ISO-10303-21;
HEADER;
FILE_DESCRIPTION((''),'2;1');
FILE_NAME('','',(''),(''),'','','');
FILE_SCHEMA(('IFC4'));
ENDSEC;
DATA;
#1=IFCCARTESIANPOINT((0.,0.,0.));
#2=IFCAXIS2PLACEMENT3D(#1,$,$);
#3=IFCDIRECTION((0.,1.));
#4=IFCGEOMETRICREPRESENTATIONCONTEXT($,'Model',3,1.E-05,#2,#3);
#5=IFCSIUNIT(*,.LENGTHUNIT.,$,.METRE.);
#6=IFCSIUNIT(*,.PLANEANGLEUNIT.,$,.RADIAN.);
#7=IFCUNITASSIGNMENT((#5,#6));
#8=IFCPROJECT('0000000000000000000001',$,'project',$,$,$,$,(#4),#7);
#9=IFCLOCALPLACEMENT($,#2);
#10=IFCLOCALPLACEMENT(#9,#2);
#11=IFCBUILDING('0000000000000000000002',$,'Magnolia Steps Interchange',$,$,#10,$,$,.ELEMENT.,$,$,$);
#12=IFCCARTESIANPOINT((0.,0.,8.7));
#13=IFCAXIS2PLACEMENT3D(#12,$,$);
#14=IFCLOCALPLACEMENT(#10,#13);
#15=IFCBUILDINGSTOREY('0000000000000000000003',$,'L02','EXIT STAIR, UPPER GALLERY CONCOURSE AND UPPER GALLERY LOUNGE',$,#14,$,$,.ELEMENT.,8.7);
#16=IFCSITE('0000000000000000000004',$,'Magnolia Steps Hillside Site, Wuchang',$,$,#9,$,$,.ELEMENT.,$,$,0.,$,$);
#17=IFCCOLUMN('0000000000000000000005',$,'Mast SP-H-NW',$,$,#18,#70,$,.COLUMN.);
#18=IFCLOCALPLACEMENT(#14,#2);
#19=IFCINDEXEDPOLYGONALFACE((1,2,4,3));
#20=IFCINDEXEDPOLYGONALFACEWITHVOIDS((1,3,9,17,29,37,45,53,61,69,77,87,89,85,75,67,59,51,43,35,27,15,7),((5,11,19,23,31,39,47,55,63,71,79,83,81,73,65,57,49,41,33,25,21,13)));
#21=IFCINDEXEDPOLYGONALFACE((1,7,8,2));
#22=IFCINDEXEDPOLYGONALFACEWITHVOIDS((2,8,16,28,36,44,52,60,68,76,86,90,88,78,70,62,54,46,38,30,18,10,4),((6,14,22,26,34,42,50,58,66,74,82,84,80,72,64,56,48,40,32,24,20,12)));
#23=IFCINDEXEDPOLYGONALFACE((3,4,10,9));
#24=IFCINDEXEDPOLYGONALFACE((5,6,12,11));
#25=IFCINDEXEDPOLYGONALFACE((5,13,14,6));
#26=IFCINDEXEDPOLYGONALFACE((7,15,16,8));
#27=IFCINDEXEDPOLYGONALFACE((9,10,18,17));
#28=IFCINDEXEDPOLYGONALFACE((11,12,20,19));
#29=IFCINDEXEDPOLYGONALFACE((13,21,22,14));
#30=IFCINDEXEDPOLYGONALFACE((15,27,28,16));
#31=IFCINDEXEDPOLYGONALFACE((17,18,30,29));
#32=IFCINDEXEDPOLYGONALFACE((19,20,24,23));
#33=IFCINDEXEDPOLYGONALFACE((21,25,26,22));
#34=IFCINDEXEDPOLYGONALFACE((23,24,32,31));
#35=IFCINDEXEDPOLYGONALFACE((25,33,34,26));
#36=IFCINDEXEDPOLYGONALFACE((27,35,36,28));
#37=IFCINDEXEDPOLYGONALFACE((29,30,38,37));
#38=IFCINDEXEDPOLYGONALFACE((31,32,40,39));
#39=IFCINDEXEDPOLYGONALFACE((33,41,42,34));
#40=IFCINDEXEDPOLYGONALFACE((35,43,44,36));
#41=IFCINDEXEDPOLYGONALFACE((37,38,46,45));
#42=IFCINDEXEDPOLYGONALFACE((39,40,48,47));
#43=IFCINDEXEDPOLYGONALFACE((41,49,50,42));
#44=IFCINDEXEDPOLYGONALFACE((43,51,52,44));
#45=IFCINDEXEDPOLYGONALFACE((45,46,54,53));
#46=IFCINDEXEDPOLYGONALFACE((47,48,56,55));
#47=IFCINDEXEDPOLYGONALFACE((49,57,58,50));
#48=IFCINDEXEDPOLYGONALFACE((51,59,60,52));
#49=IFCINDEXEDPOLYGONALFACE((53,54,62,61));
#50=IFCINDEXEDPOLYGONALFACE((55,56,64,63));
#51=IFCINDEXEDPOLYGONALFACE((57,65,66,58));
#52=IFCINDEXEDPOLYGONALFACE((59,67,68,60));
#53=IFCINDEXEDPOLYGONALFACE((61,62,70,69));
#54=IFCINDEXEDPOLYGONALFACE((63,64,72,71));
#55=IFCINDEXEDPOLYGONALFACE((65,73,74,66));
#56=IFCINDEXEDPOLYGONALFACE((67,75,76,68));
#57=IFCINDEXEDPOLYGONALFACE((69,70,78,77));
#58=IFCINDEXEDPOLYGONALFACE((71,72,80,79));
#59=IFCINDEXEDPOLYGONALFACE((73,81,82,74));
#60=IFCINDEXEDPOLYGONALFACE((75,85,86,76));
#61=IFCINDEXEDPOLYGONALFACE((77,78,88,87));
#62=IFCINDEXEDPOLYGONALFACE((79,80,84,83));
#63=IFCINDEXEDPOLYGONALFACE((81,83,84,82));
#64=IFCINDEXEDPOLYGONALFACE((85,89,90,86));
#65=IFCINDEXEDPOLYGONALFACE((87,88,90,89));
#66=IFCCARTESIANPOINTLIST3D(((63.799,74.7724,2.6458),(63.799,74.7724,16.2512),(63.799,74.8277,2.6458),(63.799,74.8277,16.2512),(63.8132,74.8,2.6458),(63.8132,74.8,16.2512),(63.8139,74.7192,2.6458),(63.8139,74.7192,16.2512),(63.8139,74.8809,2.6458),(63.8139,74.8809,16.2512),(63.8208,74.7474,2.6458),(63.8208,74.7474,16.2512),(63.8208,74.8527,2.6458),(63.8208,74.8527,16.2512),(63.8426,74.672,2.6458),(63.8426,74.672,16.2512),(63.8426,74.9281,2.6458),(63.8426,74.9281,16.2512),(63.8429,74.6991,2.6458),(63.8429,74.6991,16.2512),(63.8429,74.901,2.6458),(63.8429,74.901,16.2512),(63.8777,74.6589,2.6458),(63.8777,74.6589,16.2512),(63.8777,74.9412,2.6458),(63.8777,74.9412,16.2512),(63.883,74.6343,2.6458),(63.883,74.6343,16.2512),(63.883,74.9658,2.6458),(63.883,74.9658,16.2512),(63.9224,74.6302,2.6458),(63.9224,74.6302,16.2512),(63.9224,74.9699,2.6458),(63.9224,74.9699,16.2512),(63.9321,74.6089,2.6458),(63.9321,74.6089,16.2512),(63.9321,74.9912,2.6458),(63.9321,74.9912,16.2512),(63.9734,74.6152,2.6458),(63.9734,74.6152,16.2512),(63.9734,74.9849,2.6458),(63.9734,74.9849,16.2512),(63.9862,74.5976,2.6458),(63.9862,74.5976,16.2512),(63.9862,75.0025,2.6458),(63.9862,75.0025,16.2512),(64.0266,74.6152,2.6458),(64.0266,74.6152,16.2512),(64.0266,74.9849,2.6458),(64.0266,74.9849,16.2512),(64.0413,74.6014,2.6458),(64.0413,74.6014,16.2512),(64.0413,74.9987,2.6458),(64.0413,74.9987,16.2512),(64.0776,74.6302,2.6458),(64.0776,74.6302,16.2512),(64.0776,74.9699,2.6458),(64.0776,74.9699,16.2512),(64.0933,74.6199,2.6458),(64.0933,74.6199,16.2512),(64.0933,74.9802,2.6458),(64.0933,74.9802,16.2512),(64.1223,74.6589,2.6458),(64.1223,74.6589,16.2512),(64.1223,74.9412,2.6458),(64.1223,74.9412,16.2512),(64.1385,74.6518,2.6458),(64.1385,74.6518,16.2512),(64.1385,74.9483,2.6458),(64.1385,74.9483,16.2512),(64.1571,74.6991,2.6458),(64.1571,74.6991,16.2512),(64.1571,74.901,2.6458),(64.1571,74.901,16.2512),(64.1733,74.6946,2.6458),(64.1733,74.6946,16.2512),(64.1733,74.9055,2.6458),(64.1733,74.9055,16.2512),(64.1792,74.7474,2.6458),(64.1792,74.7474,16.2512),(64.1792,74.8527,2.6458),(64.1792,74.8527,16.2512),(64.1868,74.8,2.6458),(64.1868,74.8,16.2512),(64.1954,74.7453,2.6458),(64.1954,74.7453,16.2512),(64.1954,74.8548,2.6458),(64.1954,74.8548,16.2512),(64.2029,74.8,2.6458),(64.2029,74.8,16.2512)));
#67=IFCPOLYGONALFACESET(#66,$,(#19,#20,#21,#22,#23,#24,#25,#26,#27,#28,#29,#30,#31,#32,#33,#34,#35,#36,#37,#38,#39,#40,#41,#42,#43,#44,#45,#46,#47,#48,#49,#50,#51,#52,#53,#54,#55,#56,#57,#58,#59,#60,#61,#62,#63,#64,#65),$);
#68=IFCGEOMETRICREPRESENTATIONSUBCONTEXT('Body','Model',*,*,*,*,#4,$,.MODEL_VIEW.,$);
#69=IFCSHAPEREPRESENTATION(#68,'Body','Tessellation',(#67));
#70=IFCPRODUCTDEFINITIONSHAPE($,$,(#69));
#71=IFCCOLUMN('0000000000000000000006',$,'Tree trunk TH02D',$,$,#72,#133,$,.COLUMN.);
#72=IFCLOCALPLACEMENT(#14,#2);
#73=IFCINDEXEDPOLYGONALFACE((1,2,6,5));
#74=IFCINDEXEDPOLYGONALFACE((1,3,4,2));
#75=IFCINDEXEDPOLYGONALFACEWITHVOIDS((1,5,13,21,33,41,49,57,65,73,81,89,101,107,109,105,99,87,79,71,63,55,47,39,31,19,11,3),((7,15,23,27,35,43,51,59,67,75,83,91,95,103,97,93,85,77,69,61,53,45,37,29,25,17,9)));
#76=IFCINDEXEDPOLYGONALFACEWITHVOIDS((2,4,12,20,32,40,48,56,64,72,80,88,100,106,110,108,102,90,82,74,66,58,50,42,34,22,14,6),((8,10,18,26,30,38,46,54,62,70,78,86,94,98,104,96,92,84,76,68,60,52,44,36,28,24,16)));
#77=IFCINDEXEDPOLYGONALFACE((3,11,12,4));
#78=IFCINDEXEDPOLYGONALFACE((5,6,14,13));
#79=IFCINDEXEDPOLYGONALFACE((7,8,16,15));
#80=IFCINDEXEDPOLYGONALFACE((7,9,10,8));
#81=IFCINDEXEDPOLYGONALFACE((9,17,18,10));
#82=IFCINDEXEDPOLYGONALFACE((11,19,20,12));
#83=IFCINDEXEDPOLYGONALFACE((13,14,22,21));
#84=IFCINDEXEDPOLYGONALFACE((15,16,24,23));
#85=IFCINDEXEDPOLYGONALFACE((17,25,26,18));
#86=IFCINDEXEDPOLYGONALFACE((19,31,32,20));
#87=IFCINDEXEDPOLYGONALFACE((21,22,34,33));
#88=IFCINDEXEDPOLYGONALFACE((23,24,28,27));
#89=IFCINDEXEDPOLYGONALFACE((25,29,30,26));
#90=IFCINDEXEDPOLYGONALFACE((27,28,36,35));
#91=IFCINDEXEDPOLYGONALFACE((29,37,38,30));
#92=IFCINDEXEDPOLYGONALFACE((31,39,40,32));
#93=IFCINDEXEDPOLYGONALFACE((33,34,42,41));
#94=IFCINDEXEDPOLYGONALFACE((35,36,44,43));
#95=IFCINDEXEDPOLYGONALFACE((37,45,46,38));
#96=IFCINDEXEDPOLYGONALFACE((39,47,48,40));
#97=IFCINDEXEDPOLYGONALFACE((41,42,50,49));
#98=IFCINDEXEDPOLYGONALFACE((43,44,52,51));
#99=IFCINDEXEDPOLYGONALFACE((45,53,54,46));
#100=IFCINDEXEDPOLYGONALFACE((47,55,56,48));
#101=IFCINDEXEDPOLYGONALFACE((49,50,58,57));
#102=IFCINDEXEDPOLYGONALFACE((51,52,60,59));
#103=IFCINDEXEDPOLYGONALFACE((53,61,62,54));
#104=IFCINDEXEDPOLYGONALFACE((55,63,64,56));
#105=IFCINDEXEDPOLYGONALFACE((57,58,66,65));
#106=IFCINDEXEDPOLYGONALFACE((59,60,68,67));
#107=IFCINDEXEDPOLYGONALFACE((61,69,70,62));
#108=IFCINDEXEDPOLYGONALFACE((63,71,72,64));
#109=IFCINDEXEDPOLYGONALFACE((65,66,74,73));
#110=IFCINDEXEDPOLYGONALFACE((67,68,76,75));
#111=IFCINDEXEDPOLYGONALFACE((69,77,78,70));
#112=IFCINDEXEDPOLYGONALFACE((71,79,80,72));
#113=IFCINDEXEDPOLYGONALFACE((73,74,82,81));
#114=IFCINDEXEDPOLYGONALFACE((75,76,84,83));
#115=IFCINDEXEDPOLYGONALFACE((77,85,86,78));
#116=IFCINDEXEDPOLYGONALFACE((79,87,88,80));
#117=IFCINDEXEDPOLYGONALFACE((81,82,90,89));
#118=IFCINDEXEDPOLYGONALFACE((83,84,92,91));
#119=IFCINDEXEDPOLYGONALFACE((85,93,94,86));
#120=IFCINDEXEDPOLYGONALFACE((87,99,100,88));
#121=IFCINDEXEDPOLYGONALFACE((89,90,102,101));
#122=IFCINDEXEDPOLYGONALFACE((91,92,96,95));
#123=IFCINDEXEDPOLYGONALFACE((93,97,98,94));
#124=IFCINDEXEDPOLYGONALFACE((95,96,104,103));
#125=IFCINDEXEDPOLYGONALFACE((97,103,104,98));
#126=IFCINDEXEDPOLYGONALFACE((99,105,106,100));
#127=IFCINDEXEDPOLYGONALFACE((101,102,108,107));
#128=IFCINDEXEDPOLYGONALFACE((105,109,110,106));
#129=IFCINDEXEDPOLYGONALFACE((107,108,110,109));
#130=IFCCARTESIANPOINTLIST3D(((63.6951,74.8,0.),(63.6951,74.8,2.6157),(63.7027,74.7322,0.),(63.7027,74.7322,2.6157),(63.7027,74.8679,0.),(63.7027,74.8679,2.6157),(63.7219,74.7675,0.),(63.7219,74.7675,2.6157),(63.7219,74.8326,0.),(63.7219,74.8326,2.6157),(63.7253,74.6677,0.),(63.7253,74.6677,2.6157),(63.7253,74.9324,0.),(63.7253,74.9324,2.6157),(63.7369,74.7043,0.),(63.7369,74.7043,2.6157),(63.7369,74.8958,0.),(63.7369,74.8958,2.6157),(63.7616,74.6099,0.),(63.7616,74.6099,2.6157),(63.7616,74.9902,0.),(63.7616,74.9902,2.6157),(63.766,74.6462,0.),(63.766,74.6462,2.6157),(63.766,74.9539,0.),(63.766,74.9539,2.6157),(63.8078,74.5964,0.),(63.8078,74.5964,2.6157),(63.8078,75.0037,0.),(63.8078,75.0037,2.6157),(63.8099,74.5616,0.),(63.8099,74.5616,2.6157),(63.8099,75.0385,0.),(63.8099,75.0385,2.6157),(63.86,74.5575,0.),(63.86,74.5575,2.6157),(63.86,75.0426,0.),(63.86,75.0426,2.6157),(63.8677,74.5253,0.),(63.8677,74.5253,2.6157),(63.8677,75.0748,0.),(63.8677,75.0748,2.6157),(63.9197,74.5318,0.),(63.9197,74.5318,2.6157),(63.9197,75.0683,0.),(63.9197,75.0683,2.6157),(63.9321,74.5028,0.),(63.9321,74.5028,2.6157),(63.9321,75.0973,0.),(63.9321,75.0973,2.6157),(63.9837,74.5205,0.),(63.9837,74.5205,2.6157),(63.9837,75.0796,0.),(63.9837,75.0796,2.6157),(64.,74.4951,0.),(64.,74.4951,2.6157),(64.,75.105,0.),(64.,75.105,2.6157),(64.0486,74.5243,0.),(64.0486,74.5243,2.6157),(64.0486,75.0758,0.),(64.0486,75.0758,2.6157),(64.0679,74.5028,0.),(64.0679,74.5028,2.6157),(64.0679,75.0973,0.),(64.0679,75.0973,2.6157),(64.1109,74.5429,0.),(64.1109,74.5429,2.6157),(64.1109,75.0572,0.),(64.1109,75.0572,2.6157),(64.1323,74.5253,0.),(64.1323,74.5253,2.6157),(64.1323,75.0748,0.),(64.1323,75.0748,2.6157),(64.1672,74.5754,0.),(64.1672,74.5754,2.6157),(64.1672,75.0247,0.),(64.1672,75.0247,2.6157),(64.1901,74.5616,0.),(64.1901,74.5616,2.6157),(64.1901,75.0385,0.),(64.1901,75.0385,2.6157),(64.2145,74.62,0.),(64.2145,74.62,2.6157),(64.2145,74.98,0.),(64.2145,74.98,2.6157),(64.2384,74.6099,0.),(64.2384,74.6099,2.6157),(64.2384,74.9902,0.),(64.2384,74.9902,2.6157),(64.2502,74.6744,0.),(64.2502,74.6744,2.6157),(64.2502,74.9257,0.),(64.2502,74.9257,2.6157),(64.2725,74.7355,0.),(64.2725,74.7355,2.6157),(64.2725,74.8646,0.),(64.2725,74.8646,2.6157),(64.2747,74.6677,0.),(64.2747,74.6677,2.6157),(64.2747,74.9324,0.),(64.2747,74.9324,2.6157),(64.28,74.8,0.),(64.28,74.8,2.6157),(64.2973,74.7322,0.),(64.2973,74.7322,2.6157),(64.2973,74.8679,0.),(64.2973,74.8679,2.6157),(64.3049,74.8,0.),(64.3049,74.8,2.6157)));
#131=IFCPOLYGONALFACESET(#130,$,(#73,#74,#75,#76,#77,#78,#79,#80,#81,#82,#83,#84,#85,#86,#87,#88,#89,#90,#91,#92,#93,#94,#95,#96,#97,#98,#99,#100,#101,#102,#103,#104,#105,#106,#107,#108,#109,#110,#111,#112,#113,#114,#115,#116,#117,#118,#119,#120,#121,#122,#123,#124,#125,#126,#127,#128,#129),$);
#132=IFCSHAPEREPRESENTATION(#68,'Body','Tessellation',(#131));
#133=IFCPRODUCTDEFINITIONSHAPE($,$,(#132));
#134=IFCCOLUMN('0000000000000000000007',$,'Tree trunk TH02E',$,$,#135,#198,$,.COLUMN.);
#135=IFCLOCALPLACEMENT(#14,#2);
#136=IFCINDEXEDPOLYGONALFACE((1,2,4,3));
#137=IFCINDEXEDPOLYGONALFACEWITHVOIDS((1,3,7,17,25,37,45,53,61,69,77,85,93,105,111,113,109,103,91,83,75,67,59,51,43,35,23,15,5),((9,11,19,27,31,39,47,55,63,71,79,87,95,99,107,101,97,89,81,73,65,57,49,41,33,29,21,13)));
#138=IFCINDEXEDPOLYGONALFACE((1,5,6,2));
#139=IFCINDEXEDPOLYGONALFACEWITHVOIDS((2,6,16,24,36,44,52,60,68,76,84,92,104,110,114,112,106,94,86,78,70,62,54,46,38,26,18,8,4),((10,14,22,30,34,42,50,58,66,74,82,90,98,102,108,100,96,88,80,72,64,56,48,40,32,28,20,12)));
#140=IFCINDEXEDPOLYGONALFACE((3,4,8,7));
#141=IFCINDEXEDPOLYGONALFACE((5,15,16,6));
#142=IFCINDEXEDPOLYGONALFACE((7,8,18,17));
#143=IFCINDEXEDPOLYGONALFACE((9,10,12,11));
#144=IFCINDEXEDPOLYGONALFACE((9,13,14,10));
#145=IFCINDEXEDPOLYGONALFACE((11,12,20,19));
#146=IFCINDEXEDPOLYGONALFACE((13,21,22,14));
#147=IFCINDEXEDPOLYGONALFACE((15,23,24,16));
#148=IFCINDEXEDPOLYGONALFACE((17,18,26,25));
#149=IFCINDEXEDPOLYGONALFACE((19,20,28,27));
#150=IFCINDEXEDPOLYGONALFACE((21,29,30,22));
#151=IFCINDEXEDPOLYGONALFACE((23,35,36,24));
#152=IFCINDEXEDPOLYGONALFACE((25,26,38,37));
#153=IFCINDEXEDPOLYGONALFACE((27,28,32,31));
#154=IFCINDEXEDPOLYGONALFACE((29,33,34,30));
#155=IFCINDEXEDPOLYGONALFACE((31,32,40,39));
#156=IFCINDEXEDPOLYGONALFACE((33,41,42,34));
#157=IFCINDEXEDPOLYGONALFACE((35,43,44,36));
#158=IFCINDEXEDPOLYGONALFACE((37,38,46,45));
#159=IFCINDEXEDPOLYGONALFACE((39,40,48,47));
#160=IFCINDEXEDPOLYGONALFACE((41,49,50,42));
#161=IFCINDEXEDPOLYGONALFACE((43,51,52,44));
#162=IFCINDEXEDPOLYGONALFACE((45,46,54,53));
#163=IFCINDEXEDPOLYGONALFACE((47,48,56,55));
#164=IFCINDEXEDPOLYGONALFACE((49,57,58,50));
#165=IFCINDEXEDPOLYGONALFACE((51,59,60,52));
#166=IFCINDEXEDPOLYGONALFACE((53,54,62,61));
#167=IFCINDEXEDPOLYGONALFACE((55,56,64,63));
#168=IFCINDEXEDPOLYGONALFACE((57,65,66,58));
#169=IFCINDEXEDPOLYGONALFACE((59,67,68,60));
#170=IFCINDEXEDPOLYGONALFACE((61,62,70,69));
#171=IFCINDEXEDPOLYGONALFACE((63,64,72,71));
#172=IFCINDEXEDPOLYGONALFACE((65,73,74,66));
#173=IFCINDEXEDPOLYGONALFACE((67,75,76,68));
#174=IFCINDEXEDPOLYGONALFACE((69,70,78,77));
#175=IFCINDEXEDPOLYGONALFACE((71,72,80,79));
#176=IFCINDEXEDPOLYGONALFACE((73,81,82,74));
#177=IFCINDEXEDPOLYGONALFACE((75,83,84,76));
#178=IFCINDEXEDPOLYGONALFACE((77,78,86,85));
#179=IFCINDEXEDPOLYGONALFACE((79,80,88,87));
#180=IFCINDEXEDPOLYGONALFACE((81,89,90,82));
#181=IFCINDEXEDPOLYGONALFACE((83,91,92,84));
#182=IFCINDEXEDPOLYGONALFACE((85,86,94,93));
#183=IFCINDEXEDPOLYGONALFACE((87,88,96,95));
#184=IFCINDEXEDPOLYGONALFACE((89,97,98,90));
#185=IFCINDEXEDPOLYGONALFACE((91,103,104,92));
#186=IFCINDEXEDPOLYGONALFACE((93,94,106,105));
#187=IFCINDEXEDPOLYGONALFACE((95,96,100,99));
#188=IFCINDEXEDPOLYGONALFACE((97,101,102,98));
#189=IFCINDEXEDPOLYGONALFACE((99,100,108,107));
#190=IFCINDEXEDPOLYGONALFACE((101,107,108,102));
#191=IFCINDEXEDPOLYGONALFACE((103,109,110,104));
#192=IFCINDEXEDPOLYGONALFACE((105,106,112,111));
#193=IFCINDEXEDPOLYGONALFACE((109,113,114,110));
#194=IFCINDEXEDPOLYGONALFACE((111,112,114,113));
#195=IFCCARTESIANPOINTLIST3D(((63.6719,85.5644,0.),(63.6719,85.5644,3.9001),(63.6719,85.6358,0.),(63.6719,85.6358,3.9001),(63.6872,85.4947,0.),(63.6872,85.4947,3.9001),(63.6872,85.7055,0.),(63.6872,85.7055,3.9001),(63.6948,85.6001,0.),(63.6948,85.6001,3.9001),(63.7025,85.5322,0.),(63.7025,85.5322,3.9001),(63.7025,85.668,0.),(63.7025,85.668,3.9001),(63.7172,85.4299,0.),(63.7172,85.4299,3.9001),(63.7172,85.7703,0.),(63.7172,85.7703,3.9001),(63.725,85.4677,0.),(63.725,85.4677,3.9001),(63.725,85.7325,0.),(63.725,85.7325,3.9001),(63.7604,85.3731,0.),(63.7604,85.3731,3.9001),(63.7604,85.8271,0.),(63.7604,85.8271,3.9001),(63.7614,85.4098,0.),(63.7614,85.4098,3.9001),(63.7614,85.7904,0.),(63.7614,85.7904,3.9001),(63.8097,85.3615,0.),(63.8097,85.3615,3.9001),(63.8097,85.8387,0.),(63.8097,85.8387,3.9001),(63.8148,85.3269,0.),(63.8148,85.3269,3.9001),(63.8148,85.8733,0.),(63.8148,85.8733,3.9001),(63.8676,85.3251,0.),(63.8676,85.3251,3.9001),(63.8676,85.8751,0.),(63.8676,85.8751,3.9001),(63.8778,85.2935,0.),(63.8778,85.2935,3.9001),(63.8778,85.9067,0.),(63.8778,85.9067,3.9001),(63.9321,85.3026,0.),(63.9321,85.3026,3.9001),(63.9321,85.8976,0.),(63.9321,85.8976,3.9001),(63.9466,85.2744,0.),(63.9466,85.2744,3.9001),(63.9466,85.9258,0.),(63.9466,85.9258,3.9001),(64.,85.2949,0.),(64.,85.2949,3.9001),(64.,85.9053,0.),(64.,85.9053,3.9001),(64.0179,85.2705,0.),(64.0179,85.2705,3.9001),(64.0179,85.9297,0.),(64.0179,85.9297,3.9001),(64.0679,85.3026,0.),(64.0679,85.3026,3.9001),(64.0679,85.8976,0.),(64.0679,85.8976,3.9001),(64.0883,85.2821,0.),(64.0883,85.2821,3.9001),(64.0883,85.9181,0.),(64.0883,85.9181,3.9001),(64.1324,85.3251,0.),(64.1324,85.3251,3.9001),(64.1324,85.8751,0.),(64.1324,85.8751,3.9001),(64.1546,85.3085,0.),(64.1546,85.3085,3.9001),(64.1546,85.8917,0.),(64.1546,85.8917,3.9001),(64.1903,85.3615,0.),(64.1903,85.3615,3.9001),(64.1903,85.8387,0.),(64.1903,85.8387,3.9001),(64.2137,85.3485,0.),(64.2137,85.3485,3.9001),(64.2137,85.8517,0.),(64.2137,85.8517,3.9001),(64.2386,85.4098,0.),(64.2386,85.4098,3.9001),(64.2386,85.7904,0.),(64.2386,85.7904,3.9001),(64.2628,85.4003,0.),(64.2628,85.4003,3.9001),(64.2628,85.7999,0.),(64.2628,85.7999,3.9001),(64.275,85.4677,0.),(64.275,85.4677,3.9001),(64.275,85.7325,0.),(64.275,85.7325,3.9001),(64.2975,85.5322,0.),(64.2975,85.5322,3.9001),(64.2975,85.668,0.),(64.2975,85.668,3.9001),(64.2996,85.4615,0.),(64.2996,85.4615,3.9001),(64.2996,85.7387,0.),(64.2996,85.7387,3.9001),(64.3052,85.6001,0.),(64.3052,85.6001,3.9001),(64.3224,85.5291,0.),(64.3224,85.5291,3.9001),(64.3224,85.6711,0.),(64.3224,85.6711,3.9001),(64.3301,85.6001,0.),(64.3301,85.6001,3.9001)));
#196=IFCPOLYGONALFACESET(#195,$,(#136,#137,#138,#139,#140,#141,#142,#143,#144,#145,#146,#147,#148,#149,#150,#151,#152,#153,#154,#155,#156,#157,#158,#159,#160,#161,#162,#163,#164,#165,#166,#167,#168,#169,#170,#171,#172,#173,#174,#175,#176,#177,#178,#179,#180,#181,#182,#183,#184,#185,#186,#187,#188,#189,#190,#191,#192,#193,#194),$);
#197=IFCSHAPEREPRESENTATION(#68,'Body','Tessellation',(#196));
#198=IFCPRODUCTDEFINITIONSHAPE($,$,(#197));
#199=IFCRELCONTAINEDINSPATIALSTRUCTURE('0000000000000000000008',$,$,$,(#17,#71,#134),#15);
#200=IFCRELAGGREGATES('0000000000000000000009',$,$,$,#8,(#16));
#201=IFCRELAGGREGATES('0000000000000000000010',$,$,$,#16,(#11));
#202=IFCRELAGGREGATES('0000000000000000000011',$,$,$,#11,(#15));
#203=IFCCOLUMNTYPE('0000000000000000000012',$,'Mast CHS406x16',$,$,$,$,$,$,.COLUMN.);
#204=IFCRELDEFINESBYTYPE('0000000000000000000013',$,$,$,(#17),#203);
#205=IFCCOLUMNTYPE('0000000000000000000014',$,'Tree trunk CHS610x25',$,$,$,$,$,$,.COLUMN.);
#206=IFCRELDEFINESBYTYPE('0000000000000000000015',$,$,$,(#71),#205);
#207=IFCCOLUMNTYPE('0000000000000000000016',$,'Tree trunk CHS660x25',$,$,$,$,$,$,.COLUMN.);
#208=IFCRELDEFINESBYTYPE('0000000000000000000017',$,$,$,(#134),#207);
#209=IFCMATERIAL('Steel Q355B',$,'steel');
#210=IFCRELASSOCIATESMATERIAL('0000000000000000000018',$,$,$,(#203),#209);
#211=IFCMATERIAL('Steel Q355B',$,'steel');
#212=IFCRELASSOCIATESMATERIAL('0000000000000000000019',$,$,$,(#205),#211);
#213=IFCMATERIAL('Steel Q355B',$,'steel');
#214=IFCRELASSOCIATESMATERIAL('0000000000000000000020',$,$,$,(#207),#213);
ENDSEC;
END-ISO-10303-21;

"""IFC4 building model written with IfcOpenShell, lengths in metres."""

from ifc_helpers import new_model, si_unit, direction, frame, origin, origin_2d, place, context, subcontext, project, spatial, hollow_circle, extrude, material, material_profile, profile_set, type_object, element, save


model = new_model("IFC4")

# Units and contexts
model_context = context("Model", 3, precision=1e-05, world=origin(), true_north=direction((0.0, 1.0)))
body_context = subcontext(model_context, "Body", "Model", "MODEL_VIEW")
ifc_project = project(units=[si_unit("LENGTHUNIT", "METRE"), si_unit("PLANEANGLEUNIT", "RADIAN")], contexts=[model_context])

# Site, building, storey
site_placement = place(None, origin())
site = spatial("IfcSite", under=ifc_project, at=site_placement, Name="Magnolia Steps Hillside Site, Wuchang", CompositionType="ELEMENT", RefElevation=0.0)
building_placement = place(site_placement, origin())
building = spatial("IfcBuilding", under=site, at=building_placement, Name="Magnolia Steps Interchange", CompositionType="ELEMENT")
storey_placement = place(building_placement, frame((0.0, 0.0, 8.7)))
storey = spatial("IfcBuildingStorey", under=building, at=storey_placement, Name="L02", Description="EXIT STAIR, UPPER GALLERY CONCOURSE AND UPPER GALLERY LOUNGE", CompositionType="ELEMENT", Elevation=8.7)

# Columns
ifc_material_1 = material(Name="Steel Q355B", Category="steel")
ifc_material_profile_1 = material_profile(ifc_material_1, hollow_circle(Radius=0.2029, WallThickness=0.0161, at=origin_2d()), Name="CHS406x16")
ifc_profile_set_1 = profile_set([ifc_material_profile_1], Name="Steel Q355B")
column_type_1 = type_object("IfcColumnType", Name="Mast CHS406x16", PredefinedType="COLUMN", material=ifc_profile_set_1)
column_1_placement = place(storey_placement, frame((64.0, 74.8, 2.6458), z_axis=(0.0, 0.0, 1.0), x_axis=(1.0, 0.0, 0.0)))
element("IfcColumn", 1, at=column_1_placement, inside=storey, type_object=column_type_1, Name="Mast SP-H-NW", PredefinedType="COLUMN", context=body_context, shape_type="SweptSolid", body=[
    extrude(hollow_circle(Radius=0.2029, WallThickness=0.0161, at=origin_2d()), origin(), (0.0, 0.0, 1.0), 13.6055),
])
ifc_material_2 = material(Name="Steel Q355B", Category="steel")
ifc_material_profile_2 = material_profile(ifc_material_2, hollow_circle(Radius=0.3049, WallThickness=0.0249, at=origin_2d()), Name="CHS610x25")
ifc_profile_set_2 = profile_set([ifc_material_profile_2], Name="Steel Q355B")
column_type_2 = type_object("IfcColumnType", Name="Tree trunk CHS610x25", PredefinedType="COLUMN", material=ifc_profile_set_2)
column_2_placement = place(storey_placement, frame((64.0, 74.8, 0.0), z_axis=(0.0, 0.0, 1.0), x_axis=(1.0, 0.0, 0.0)))
element("IfcColumn", 2, at=column_2_placement, inside=storey, type_object=column_type_2, Name="Tree trunk TH02D", PredefinedType="COLUMN", context=body_context, shape_type="SweptSolid", body=[
    extrude(hollow_circle(Radius=0.3049, WallThickness=0.0249, at=origin_2d()), origin(), (0.0, 0.0, 1.0), 2.6157),
])
ifc_material_3 = material(Name="Steel Q355B", Category="steel")
ifc_material_profile_3 = material_profile(ifc_material_3, hollow_circle(Radius=0.3301, WallThickness=0.0249, at=origin_2d()), Name="CHS660x25")
ifc_profile_set_3 = profile_set([ifc_material_profile_3], Name="Steel Q355B")
column_type_3 = type_object("IfcColumnType", Name="Tree trunk CHS660x25", PredefinedType="COLUMN", material=ifc_profile_set_3)
column_3_placement = place(storey_placement, frame((64.0, 85.6001, 0.0), z_axis=(0.0, 0.0, 1.0), x_axis=(1.0, 0.0, 0.0)))
element("IfcColumn", 3, at=column_3_placement, inside=storey, type_object=column_type_3, Name="Tree trunk TH02E", PredefinedType="COLUMN", context=body_context, shape_type="SweptSolid", body=[
    extrude(hollow_circle(Radius=0.3301, WallThickness=0.0249, at=origin_2d()), origin(), (0.0, 0.0, 1.0), 3.9001),
])

save(model, "model.ifc")
